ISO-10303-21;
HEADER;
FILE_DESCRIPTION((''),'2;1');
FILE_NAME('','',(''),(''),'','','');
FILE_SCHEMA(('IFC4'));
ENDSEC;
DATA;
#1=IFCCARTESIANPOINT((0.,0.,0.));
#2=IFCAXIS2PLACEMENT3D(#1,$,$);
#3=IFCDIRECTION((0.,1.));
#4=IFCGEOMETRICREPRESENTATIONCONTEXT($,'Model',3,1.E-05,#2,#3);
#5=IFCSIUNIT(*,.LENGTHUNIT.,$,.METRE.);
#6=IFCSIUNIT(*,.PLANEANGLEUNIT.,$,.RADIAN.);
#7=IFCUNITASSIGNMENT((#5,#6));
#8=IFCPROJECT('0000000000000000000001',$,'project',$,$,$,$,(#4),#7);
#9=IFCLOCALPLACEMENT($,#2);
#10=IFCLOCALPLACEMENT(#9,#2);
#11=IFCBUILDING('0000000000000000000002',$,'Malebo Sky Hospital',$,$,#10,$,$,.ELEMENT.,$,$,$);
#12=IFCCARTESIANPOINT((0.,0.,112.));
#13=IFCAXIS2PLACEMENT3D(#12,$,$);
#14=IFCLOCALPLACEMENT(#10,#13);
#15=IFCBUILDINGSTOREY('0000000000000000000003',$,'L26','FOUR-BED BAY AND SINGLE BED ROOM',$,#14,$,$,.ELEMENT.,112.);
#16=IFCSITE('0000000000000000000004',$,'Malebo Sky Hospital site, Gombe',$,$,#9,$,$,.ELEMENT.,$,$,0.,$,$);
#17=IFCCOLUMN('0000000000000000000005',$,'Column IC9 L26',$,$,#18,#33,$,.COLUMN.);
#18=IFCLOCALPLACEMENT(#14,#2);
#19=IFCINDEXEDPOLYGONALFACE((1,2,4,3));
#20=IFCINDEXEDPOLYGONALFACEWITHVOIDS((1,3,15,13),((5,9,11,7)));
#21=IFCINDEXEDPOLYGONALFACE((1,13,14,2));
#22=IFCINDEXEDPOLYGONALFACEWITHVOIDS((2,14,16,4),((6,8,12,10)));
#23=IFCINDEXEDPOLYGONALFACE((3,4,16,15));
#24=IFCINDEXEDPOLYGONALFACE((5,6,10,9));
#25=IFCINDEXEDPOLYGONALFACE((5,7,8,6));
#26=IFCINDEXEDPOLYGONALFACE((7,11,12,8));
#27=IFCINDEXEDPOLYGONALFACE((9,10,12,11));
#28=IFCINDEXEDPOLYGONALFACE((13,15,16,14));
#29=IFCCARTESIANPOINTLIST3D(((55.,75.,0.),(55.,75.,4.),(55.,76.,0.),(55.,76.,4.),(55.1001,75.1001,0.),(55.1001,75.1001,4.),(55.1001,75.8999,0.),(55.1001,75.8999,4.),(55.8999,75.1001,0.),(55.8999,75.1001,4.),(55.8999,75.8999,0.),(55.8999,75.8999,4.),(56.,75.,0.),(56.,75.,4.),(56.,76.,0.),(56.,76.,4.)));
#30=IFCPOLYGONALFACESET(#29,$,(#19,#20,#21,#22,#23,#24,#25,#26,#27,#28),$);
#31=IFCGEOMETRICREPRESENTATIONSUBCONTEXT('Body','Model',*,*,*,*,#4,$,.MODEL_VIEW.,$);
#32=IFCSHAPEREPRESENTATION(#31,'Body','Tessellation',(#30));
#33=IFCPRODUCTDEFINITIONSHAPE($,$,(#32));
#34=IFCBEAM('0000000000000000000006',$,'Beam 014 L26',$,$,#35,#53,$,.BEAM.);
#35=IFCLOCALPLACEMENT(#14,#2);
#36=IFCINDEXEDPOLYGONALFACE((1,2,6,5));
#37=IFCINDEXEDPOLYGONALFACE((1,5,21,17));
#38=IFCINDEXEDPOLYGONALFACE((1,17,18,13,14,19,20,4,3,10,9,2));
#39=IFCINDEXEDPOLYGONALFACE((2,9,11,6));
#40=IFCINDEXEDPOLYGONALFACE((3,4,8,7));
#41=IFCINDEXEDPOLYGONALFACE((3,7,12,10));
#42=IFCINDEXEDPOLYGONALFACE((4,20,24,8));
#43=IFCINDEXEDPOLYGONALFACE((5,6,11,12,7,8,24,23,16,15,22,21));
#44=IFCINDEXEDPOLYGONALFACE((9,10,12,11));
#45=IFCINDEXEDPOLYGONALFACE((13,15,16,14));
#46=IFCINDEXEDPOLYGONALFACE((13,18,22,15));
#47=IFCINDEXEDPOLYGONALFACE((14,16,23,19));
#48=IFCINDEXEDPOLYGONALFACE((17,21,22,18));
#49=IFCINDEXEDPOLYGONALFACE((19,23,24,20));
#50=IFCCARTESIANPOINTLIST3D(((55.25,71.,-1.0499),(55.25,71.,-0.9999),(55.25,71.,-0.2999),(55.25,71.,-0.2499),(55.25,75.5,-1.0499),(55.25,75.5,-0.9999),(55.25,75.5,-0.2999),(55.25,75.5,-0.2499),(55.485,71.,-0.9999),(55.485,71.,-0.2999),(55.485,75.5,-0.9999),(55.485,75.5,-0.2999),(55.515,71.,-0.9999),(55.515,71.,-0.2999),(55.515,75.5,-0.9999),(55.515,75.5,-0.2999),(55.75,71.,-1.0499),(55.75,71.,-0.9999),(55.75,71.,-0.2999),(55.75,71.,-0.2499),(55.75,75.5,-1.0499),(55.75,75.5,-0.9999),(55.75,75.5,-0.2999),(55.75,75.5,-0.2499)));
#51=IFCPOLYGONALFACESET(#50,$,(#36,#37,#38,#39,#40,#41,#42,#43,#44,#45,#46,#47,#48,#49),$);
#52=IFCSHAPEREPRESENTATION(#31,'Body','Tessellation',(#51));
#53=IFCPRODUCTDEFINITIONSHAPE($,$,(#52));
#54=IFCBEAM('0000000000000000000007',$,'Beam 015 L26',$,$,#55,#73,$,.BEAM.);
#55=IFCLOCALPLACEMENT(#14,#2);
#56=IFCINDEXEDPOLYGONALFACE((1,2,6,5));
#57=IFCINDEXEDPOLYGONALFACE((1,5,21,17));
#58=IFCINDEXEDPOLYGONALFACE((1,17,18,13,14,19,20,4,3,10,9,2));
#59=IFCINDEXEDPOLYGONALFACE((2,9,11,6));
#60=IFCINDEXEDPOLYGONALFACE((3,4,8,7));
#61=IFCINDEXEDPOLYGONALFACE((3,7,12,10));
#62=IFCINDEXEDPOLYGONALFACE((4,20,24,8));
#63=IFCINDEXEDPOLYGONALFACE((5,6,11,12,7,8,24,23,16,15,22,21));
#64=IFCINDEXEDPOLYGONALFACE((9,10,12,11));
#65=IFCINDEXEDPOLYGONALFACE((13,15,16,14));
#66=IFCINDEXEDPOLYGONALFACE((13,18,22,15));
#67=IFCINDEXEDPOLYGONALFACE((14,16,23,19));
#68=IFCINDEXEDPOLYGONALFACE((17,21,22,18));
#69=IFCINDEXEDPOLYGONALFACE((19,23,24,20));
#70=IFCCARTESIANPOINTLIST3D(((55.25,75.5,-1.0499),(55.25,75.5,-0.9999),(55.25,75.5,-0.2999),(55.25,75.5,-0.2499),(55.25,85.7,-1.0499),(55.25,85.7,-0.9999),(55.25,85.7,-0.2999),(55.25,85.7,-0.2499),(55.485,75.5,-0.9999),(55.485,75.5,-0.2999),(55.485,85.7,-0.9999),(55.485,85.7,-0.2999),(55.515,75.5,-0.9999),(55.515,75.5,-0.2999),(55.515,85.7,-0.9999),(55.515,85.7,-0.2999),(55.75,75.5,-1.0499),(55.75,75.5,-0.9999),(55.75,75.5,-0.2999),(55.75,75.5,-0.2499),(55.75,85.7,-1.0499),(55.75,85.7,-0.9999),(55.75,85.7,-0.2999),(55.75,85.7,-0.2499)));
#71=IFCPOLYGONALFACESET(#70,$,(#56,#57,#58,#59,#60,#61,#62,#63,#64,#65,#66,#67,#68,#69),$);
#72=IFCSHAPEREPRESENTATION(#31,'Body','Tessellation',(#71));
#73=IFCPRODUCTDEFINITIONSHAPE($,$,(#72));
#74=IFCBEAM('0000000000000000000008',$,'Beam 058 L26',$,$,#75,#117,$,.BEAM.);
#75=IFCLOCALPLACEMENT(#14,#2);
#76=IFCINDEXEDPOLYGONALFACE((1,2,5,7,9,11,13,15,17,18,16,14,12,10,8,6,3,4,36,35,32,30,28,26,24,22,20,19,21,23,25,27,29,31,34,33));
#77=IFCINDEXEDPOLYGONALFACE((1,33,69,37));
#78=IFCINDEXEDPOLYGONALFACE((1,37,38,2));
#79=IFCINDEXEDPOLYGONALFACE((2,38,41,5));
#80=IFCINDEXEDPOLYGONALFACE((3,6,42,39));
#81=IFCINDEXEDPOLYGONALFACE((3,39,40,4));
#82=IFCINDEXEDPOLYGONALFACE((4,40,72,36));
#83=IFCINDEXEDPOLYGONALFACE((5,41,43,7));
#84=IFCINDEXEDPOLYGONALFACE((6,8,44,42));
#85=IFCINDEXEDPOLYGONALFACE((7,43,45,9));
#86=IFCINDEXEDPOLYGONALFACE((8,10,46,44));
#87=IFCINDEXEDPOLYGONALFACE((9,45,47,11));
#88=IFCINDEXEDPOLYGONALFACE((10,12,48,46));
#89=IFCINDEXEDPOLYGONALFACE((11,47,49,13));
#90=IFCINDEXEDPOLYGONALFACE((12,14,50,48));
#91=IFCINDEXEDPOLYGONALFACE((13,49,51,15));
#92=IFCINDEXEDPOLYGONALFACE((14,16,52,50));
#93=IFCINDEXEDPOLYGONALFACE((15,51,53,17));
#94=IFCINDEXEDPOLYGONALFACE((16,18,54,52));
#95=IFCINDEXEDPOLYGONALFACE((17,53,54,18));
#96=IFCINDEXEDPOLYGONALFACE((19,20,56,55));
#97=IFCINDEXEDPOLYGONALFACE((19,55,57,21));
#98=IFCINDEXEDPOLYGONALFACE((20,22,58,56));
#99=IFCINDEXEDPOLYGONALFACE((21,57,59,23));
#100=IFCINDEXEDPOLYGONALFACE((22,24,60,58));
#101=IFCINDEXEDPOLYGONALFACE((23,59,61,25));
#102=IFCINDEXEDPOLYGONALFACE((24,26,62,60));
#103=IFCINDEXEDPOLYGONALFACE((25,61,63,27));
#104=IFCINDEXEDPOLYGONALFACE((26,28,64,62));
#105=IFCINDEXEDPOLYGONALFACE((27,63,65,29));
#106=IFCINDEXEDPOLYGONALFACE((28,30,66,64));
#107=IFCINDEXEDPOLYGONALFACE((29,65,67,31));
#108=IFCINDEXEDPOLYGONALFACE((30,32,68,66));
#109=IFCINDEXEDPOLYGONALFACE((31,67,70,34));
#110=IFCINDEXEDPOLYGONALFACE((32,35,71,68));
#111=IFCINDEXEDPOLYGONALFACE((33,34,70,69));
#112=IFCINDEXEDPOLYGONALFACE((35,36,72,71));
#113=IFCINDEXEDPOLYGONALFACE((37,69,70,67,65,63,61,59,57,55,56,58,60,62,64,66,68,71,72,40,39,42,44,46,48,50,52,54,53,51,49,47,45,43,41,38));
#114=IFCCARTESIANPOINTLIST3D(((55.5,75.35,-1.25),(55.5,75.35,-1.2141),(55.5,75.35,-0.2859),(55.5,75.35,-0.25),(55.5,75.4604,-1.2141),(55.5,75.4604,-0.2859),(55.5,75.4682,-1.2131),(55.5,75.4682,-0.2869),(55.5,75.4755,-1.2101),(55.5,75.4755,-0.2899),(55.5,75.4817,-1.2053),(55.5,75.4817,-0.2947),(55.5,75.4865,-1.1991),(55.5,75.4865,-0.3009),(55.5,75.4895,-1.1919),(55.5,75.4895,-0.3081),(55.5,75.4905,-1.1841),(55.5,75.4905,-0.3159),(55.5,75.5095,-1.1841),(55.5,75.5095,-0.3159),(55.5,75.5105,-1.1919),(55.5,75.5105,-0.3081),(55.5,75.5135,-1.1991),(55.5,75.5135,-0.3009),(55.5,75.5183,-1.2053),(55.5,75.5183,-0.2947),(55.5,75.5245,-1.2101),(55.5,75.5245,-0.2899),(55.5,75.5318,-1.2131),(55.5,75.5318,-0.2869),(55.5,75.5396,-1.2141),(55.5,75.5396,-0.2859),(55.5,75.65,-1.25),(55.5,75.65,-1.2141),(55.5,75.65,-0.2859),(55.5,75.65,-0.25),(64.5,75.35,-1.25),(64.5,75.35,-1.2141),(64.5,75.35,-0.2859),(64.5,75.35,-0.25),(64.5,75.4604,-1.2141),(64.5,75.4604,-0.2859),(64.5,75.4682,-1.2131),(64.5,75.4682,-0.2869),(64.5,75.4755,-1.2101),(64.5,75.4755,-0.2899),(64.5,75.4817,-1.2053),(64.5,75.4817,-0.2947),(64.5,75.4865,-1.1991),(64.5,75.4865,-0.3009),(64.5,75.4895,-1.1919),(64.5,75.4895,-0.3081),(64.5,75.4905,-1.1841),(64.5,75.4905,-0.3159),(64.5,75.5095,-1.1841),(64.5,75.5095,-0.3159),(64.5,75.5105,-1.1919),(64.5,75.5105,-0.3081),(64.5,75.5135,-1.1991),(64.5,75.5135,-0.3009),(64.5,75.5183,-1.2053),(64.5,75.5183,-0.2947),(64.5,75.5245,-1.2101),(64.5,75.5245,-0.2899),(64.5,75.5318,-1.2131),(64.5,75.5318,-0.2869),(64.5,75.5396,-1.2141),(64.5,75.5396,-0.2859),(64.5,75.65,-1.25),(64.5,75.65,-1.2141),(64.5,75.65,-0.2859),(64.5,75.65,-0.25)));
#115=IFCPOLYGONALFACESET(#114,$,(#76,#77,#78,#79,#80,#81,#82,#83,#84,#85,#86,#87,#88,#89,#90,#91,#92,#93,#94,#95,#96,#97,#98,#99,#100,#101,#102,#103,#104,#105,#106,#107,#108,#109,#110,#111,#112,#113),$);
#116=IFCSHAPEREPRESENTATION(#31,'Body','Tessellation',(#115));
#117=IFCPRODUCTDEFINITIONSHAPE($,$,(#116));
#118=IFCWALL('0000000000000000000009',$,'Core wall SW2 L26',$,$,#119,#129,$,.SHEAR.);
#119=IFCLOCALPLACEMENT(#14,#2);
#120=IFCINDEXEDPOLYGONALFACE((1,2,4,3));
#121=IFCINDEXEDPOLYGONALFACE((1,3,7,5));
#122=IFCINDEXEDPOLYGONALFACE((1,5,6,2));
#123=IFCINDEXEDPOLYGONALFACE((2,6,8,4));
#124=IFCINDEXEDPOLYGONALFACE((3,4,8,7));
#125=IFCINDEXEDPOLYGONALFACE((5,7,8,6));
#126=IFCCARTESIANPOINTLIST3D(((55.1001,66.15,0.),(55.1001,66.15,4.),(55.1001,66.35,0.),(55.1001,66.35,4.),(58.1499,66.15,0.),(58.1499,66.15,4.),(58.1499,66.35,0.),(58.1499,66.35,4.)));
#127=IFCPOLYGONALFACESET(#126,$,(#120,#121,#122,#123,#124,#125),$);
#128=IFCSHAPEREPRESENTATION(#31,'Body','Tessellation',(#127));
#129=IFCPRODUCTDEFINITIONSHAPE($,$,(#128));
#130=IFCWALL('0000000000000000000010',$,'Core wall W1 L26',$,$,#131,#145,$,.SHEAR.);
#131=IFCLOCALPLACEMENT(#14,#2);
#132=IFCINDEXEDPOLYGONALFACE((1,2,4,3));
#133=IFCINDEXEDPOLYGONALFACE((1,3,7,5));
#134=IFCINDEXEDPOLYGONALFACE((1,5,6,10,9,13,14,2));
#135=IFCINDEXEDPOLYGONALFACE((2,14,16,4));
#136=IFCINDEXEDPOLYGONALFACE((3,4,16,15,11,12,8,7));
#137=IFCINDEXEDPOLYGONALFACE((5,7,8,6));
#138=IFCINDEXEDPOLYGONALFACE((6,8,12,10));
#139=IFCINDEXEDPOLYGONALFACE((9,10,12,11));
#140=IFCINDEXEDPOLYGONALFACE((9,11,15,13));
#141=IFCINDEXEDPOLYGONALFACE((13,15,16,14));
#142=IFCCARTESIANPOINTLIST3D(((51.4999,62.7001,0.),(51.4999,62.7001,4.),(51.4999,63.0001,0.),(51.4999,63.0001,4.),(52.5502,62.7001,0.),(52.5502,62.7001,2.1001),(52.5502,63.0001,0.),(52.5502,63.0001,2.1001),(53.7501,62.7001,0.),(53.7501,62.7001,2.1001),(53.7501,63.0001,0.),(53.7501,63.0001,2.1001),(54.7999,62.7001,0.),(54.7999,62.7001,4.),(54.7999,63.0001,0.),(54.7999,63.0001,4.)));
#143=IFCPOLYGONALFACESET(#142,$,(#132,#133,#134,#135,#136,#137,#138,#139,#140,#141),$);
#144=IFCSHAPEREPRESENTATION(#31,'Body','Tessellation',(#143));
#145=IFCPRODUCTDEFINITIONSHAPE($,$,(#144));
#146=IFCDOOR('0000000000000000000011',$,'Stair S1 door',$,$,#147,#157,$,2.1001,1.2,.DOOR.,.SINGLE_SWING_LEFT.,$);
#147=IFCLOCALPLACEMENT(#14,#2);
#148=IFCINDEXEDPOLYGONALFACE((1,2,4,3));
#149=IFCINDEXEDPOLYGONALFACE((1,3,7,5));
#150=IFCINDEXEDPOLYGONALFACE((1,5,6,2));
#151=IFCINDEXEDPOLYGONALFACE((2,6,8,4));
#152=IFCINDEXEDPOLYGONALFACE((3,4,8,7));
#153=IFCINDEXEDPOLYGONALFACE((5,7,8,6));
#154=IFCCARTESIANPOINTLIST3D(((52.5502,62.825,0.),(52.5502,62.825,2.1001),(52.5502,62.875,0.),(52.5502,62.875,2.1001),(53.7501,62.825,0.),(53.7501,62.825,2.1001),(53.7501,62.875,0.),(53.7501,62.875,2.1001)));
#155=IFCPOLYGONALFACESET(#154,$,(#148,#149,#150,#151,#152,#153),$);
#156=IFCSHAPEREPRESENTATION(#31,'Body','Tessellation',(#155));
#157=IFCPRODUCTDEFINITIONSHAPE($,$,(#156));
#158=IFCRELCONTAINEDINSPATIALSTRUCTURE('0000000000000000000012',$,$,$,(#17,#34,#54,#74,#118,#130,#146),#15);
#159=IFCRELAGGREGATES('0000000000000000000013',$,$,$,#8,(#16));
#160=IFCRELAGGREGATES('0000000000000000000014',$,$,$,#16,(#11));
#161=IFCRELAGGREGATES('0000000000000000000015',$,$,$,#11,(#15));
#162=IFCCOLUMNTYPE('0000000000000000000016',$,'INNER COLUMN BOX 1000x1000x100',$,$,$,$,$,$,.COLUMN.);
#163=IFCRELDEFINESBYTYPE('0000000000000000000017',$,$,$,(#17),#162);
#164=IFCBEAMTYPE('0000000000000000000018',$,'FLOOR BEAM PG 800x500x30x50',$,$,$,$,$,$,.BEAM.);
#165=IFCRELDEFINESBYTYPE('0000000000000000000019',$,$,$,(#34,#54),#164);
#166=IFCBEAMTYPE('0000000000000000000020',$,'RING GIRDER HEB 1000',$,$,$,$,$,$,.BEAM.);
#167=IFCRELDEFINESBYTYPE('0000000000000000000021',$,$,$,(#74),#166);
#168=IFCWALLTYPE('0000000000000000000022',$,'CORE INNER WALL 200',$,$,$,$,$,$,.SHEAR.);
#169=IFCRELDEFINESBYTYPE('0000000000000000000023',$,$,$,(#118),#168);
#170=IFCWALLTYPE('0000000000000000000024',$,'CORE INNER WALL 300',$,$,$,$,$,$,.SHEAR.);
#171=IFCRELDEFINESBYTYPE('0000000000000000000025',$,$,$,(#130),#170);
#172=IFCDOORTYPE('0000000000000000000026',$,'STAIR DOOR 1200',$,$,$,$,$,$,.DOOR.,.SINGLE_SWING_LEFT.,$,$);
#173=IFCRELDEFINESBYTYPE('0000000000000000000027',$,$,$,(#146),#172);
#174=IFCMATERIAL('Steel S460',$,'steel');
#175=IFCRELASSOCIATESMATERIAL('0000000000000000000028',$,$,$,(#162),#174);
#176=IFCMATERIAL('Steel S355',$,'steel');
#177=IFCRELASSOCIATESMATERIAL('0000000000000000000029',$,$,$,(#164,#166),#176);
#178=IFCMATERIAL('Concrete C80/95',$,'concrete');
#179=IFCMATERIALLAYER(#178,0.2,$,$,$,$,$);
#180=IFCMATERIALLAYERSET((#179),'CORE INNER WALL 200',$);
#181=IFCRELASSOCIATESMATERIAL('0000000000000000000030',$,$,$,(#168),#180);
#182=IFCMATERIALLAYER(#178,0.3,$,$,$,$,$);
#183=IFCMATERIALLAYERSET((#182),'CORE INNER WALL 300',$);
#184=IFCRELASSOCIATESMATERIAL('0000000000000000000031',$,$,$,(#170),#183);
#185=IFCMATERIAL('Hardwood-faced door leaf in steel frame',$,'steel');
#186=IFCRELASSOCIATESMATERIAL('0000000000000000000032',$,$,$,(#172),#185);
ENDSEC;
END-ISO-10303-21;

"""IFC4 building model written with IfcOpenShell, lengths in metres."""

from ifc_helpers import new_model, si_unit, direction, frame, frame_2d, origin, origin_2d, place, context, subcontext, project, spatial, rectangle, hollow_rectangle, i_section, extrude, material, layer, layer_set, material_profile, profile_set, type_object, element, fill, save


model = new_model("IFC4")

# Units and contexts
model_context = context("Model", 3, precision=1e-05, world=origin(), true_north=direction((0.0, 1.0)))
body_context = subcontext(model_context, "Body", "Model", "MODEL_VIEW")
ifc_project = project(units=[si_unit("LENGTHUNIT", "METRE"), si_unit("PLANEANGLEUNIT", "RADIAN")], contexts=[model_context])

# Site, building, storey
site_placement = place(None, origin())
site = spatial("IfcSite", under=ifc_project, at=site_placement, Name="Malebo Sky Hospital site, Gombe", CompositionType="ELEMENT", RefElevation=0.0)
building_placement = place(site_placement, origin())
building = spatial("IfcBuilding", under=site, at=building_placement, Name="Malebo Sky Hospital", CompositionType="ELEMENT")
storey_placement = place(building_placement, frame((0.0, 0.0, 112.0)))
storey = spatial("IfcBuildingStorey", under=building, at=storey_placement, Name="L26", Description="FOUR-BED BAY AND SINGLE BED ROOM", CompositionType="ELEMENT", Elevation=112.0)

# Column
ifc_material_1 = material(Name="Steel S460", Category="steel")
ifc_material_profile_1 = material_profile(ifc_material_1, hollow_rectangle(XDim=1.0, YDim=1.0, WallThickness=0.1001, at=origin_2d()), Name="BOX 1000x1000x100")
ifc_profile_set_1 = profile_set([ifc_material_profile_1], Name="Steel S460")
column_type = type_object("IfcColumnType", Name="INNER COLUMN BOX 1000x1000x100", PredefinedType="COLUMN", material=ifc_profile_set_1)
column_placement = place(storey_placement, frame((55.5, 75.5, 0.0), z_axis=(0.0, 0.0, 1.0), x_axis=(1.0, 0.0, 0.0)))
element("IfcColumn", 1, at=column_placement, inside=storey, type_object=column_type, Name="Column IC9 L26", PredefinedType="COLUMN", context=body_context, shape_type="SweptSolid", body=[
    extrude(hollow_rectangle(XDim=1.0, YDim=1.0, WallThickness=0.1001, at=origin_2d()), origin(), (0.0, 0.0, 1.0), 4.0),
])

# Beams
ifc_material_2 = material(Name="Steel S355", Category="steel")
ifc_material_profile_2 = material_profile(ifc_material_2, i_section(OverallWidth=0.5, OverallDepth=0.8, WebThickness=0.03, FlangeThickness=0.05, at=origin_2d()), Name="PG 800x500x30x50")
ifc_profile_set_2 = profile_set([ifc_material_profile_2], Name="Steel S355")
beam_type_1 = type_object("IfcBeamType", Name="FLOOR BEAM PG 800x500x30x50", PredefinedType="BEAM", material=ifc_profile_set_2)
beam_1_placement = place(storey_placement, frame((55.5, 71.0, -0.6499), z_axis=(0.0, 1.0, 0.0), x_axis=(-1.0, 0.0, 0.0)))
element("IfcBeam", 2, at=beam_1_placement, inside=storey, type_object=beam_type_1, Name="Beam 014 L26", PredefinedType="BEAM", context=body_context, shape_type="SweptSolid", body=[
    extrude(i_section(OverallWidth=0.5, OverallDepth=0.8, WebThickness=0.03, FlangeThickness=0.05, at=origin_2d()), origin(), (0.0, 0.0, 1.0), 4.5),
])
beam_2_placement = place(storey_placement, frame((55.5, 75.5, -0.6499), z_axis=(0.0, 1.0, 0.0), x_axis=(-1.0, 0.0, 0.0)))
element("IfcBeam", 3, at=beam_2_placement, inside=storey, type_object=beam_type_1, Name="Beam 015 L26", PredefinedType="BEAM", context=body_context, shape_type="SweptSolid", body=[
    extrude(i_section(OverallWidth=0.5, OverallDepth=0.8, WebThickness=0.03, FlangeThickness=0.05, at=origin_2d()), origin(), (0.0, 0.0, 1.0), 10.2),
])
ifc_material_profile_3 = material_profile(ifc_material_2, i_section(OverallWidth=0.3, OverallDepth=1.0, WebThickness=0.019, FlangeThickness=0.0359, FilletRadius=0.03, at=origin_2d()), Name="HEB 1000")
ifc_profile_set_3 = profile_set([ifc_material_profile_3], Name="Steel S355")
beam_type_2 = type_object("IfcBeamType", Name="RING GIRDER HEB 1000", PredefinedType="BEAM", material=ifc_profile_set_3)
beam_3_placement = place(storey_placement, frame((55.5, 75.5, -0.75), z_axis=(1.0, 0.0, 0.0), x_axis=(0.0, 1.0, 0.0)))
element("IfcBeam", 4, at=beam_3_placement, inside=storey, type_object=beam_type_2, Name="Beam 058 L26", PredefinedType="BEAM", context=body_context, shape_type="SweptSolid", body=[
    extrude(i_section(OverallWidth=0.3, OverallDepth=1.0, WebThickness=0.019, FlangeThickness=0.0359, FilletRadius=0.03, at=origin_2d()), origin(), (0.0, 0.0, 1.0), 9.0),
])

# Wall
ifc_material_3 = material(Name="Concrete C80/95", Category="concrete")
ifc_layer_1 = layer(ifc_material_3, 0.2)
ifc_layer_set_1 = layer_set([ifc_layer_1], Name="CORE INNER WALL 200")
wall_type_1 = type_object("IfcWallType", Name="CORE INNER WALL 200", PredefinedType="SHEAR", material=ifc_layer_set_1)
wall_1_placement = place(storey_placement, frame((55.1001, 66.25, 0.0), z_axis=(0.0, 0.0, 1.0), x_axis=(1.0, 0.0, 0.0)))
element("IfcWall", 5, at=wall_1_placement, inside=storey, type_object=wall_type_1, Name="Core wall SW2 L26", PredefinedType="SHEAR", context=body_context, shape_type="SweptSolid", body=[
    extrude(rectangle(XDim=3.0498, YDim=0.2, at=frame_2d((1.5249, 0.0))), origin(), (0.0, 0.0, 1.0), 4.0),
])

# Wall, opening, door
ifc_layer_2 = layer(ifc_material_3, 0.3)
ifc_layer_set_2 = layer_set([ifc_layer_2], Name="CORE INNER WALL 300")
wall_type_2 = type_object("IfcWallType", Name="CORE INNER WALL 300", PredefinedType="SHEAR", material=ifc_layer_set_2)
wall_2_placement = place(storey_placement, frame((51.5, 62.8501, 0.0), z_axis=(0.0, 0.0, 1.0), x_axis=(1.0, 0.0, 0.0)))
wall_2 = element("IfcWall", 6, at=wall_2_placement, inside=storey, type_object=wall_type_2, Name="Core wall W1 L26", PredefinedType="SHEAR", context=body_context, shape_type="SweptSolid", body=[
    extrude(rectangle(XDim=3.3, YDim=0.3, at=frame_2d((1.6499, 0.0))), origin(), (0.0, 0.0, 1.0), 4.0),
])
opening_1_placement = place(wall_2_placement, frame((1.05, 0.0, 0.0)))
opening_1 = element("IfcOpeningElement", 7, at=opening_1_placement, cuts=wall_2, PredefinedType="OPENING", context=body_context, shape_type="SweptSolid", body=[
    extrude(rectangle(XDim=1.2, YDim=2.1001, at=frame_2d((0.6001, 1.05))), frame((0.0, 0.1599, 0.0), z_axis=(0.0, -1.0, 0.0), x_axis=(1.0, 0.0, 0.0)), (0.0, 0.0, 1.0), 0.3201),
])
ifc_material_4 = material(Name="Hardwood-faced door leaf in steel frame", Category="steel")
door_type_1 = type_object("IfcDoorType", Name="STAIR DOOR 1200", OperationType="SINGLE_SWING_LEFT", PredefinedType="DOOR", material=ifc_material_4)
door_1_placement = place(opening_1_placement, origin())
door_1 = element("IfcDoor", 8, at=door_1_placement, inside=storey, type_object=door_type_1, Name="Stair S1 door", OperationType="SINGLE_SWING_LEFT", OverallHeight=2.1001, OverallWidth=1.2, PredefinedType="DOOR", context=body_context, shape_type="SweptSolid", body=[
    extrude(rectangle(XDim=1.2, YDim=2.1001, at=frame_2d((0.6001, 1.05))), frame((0.0, 0.0249, 0.0), z_axis=(0.0, -1.0, 0.0), x_axis=(1.0, 0.0, 0.0)), (0.0, 0.0, 1.0), 0.05),
])
fill(opening_1, door_1)

save(model, "model.ifc")
